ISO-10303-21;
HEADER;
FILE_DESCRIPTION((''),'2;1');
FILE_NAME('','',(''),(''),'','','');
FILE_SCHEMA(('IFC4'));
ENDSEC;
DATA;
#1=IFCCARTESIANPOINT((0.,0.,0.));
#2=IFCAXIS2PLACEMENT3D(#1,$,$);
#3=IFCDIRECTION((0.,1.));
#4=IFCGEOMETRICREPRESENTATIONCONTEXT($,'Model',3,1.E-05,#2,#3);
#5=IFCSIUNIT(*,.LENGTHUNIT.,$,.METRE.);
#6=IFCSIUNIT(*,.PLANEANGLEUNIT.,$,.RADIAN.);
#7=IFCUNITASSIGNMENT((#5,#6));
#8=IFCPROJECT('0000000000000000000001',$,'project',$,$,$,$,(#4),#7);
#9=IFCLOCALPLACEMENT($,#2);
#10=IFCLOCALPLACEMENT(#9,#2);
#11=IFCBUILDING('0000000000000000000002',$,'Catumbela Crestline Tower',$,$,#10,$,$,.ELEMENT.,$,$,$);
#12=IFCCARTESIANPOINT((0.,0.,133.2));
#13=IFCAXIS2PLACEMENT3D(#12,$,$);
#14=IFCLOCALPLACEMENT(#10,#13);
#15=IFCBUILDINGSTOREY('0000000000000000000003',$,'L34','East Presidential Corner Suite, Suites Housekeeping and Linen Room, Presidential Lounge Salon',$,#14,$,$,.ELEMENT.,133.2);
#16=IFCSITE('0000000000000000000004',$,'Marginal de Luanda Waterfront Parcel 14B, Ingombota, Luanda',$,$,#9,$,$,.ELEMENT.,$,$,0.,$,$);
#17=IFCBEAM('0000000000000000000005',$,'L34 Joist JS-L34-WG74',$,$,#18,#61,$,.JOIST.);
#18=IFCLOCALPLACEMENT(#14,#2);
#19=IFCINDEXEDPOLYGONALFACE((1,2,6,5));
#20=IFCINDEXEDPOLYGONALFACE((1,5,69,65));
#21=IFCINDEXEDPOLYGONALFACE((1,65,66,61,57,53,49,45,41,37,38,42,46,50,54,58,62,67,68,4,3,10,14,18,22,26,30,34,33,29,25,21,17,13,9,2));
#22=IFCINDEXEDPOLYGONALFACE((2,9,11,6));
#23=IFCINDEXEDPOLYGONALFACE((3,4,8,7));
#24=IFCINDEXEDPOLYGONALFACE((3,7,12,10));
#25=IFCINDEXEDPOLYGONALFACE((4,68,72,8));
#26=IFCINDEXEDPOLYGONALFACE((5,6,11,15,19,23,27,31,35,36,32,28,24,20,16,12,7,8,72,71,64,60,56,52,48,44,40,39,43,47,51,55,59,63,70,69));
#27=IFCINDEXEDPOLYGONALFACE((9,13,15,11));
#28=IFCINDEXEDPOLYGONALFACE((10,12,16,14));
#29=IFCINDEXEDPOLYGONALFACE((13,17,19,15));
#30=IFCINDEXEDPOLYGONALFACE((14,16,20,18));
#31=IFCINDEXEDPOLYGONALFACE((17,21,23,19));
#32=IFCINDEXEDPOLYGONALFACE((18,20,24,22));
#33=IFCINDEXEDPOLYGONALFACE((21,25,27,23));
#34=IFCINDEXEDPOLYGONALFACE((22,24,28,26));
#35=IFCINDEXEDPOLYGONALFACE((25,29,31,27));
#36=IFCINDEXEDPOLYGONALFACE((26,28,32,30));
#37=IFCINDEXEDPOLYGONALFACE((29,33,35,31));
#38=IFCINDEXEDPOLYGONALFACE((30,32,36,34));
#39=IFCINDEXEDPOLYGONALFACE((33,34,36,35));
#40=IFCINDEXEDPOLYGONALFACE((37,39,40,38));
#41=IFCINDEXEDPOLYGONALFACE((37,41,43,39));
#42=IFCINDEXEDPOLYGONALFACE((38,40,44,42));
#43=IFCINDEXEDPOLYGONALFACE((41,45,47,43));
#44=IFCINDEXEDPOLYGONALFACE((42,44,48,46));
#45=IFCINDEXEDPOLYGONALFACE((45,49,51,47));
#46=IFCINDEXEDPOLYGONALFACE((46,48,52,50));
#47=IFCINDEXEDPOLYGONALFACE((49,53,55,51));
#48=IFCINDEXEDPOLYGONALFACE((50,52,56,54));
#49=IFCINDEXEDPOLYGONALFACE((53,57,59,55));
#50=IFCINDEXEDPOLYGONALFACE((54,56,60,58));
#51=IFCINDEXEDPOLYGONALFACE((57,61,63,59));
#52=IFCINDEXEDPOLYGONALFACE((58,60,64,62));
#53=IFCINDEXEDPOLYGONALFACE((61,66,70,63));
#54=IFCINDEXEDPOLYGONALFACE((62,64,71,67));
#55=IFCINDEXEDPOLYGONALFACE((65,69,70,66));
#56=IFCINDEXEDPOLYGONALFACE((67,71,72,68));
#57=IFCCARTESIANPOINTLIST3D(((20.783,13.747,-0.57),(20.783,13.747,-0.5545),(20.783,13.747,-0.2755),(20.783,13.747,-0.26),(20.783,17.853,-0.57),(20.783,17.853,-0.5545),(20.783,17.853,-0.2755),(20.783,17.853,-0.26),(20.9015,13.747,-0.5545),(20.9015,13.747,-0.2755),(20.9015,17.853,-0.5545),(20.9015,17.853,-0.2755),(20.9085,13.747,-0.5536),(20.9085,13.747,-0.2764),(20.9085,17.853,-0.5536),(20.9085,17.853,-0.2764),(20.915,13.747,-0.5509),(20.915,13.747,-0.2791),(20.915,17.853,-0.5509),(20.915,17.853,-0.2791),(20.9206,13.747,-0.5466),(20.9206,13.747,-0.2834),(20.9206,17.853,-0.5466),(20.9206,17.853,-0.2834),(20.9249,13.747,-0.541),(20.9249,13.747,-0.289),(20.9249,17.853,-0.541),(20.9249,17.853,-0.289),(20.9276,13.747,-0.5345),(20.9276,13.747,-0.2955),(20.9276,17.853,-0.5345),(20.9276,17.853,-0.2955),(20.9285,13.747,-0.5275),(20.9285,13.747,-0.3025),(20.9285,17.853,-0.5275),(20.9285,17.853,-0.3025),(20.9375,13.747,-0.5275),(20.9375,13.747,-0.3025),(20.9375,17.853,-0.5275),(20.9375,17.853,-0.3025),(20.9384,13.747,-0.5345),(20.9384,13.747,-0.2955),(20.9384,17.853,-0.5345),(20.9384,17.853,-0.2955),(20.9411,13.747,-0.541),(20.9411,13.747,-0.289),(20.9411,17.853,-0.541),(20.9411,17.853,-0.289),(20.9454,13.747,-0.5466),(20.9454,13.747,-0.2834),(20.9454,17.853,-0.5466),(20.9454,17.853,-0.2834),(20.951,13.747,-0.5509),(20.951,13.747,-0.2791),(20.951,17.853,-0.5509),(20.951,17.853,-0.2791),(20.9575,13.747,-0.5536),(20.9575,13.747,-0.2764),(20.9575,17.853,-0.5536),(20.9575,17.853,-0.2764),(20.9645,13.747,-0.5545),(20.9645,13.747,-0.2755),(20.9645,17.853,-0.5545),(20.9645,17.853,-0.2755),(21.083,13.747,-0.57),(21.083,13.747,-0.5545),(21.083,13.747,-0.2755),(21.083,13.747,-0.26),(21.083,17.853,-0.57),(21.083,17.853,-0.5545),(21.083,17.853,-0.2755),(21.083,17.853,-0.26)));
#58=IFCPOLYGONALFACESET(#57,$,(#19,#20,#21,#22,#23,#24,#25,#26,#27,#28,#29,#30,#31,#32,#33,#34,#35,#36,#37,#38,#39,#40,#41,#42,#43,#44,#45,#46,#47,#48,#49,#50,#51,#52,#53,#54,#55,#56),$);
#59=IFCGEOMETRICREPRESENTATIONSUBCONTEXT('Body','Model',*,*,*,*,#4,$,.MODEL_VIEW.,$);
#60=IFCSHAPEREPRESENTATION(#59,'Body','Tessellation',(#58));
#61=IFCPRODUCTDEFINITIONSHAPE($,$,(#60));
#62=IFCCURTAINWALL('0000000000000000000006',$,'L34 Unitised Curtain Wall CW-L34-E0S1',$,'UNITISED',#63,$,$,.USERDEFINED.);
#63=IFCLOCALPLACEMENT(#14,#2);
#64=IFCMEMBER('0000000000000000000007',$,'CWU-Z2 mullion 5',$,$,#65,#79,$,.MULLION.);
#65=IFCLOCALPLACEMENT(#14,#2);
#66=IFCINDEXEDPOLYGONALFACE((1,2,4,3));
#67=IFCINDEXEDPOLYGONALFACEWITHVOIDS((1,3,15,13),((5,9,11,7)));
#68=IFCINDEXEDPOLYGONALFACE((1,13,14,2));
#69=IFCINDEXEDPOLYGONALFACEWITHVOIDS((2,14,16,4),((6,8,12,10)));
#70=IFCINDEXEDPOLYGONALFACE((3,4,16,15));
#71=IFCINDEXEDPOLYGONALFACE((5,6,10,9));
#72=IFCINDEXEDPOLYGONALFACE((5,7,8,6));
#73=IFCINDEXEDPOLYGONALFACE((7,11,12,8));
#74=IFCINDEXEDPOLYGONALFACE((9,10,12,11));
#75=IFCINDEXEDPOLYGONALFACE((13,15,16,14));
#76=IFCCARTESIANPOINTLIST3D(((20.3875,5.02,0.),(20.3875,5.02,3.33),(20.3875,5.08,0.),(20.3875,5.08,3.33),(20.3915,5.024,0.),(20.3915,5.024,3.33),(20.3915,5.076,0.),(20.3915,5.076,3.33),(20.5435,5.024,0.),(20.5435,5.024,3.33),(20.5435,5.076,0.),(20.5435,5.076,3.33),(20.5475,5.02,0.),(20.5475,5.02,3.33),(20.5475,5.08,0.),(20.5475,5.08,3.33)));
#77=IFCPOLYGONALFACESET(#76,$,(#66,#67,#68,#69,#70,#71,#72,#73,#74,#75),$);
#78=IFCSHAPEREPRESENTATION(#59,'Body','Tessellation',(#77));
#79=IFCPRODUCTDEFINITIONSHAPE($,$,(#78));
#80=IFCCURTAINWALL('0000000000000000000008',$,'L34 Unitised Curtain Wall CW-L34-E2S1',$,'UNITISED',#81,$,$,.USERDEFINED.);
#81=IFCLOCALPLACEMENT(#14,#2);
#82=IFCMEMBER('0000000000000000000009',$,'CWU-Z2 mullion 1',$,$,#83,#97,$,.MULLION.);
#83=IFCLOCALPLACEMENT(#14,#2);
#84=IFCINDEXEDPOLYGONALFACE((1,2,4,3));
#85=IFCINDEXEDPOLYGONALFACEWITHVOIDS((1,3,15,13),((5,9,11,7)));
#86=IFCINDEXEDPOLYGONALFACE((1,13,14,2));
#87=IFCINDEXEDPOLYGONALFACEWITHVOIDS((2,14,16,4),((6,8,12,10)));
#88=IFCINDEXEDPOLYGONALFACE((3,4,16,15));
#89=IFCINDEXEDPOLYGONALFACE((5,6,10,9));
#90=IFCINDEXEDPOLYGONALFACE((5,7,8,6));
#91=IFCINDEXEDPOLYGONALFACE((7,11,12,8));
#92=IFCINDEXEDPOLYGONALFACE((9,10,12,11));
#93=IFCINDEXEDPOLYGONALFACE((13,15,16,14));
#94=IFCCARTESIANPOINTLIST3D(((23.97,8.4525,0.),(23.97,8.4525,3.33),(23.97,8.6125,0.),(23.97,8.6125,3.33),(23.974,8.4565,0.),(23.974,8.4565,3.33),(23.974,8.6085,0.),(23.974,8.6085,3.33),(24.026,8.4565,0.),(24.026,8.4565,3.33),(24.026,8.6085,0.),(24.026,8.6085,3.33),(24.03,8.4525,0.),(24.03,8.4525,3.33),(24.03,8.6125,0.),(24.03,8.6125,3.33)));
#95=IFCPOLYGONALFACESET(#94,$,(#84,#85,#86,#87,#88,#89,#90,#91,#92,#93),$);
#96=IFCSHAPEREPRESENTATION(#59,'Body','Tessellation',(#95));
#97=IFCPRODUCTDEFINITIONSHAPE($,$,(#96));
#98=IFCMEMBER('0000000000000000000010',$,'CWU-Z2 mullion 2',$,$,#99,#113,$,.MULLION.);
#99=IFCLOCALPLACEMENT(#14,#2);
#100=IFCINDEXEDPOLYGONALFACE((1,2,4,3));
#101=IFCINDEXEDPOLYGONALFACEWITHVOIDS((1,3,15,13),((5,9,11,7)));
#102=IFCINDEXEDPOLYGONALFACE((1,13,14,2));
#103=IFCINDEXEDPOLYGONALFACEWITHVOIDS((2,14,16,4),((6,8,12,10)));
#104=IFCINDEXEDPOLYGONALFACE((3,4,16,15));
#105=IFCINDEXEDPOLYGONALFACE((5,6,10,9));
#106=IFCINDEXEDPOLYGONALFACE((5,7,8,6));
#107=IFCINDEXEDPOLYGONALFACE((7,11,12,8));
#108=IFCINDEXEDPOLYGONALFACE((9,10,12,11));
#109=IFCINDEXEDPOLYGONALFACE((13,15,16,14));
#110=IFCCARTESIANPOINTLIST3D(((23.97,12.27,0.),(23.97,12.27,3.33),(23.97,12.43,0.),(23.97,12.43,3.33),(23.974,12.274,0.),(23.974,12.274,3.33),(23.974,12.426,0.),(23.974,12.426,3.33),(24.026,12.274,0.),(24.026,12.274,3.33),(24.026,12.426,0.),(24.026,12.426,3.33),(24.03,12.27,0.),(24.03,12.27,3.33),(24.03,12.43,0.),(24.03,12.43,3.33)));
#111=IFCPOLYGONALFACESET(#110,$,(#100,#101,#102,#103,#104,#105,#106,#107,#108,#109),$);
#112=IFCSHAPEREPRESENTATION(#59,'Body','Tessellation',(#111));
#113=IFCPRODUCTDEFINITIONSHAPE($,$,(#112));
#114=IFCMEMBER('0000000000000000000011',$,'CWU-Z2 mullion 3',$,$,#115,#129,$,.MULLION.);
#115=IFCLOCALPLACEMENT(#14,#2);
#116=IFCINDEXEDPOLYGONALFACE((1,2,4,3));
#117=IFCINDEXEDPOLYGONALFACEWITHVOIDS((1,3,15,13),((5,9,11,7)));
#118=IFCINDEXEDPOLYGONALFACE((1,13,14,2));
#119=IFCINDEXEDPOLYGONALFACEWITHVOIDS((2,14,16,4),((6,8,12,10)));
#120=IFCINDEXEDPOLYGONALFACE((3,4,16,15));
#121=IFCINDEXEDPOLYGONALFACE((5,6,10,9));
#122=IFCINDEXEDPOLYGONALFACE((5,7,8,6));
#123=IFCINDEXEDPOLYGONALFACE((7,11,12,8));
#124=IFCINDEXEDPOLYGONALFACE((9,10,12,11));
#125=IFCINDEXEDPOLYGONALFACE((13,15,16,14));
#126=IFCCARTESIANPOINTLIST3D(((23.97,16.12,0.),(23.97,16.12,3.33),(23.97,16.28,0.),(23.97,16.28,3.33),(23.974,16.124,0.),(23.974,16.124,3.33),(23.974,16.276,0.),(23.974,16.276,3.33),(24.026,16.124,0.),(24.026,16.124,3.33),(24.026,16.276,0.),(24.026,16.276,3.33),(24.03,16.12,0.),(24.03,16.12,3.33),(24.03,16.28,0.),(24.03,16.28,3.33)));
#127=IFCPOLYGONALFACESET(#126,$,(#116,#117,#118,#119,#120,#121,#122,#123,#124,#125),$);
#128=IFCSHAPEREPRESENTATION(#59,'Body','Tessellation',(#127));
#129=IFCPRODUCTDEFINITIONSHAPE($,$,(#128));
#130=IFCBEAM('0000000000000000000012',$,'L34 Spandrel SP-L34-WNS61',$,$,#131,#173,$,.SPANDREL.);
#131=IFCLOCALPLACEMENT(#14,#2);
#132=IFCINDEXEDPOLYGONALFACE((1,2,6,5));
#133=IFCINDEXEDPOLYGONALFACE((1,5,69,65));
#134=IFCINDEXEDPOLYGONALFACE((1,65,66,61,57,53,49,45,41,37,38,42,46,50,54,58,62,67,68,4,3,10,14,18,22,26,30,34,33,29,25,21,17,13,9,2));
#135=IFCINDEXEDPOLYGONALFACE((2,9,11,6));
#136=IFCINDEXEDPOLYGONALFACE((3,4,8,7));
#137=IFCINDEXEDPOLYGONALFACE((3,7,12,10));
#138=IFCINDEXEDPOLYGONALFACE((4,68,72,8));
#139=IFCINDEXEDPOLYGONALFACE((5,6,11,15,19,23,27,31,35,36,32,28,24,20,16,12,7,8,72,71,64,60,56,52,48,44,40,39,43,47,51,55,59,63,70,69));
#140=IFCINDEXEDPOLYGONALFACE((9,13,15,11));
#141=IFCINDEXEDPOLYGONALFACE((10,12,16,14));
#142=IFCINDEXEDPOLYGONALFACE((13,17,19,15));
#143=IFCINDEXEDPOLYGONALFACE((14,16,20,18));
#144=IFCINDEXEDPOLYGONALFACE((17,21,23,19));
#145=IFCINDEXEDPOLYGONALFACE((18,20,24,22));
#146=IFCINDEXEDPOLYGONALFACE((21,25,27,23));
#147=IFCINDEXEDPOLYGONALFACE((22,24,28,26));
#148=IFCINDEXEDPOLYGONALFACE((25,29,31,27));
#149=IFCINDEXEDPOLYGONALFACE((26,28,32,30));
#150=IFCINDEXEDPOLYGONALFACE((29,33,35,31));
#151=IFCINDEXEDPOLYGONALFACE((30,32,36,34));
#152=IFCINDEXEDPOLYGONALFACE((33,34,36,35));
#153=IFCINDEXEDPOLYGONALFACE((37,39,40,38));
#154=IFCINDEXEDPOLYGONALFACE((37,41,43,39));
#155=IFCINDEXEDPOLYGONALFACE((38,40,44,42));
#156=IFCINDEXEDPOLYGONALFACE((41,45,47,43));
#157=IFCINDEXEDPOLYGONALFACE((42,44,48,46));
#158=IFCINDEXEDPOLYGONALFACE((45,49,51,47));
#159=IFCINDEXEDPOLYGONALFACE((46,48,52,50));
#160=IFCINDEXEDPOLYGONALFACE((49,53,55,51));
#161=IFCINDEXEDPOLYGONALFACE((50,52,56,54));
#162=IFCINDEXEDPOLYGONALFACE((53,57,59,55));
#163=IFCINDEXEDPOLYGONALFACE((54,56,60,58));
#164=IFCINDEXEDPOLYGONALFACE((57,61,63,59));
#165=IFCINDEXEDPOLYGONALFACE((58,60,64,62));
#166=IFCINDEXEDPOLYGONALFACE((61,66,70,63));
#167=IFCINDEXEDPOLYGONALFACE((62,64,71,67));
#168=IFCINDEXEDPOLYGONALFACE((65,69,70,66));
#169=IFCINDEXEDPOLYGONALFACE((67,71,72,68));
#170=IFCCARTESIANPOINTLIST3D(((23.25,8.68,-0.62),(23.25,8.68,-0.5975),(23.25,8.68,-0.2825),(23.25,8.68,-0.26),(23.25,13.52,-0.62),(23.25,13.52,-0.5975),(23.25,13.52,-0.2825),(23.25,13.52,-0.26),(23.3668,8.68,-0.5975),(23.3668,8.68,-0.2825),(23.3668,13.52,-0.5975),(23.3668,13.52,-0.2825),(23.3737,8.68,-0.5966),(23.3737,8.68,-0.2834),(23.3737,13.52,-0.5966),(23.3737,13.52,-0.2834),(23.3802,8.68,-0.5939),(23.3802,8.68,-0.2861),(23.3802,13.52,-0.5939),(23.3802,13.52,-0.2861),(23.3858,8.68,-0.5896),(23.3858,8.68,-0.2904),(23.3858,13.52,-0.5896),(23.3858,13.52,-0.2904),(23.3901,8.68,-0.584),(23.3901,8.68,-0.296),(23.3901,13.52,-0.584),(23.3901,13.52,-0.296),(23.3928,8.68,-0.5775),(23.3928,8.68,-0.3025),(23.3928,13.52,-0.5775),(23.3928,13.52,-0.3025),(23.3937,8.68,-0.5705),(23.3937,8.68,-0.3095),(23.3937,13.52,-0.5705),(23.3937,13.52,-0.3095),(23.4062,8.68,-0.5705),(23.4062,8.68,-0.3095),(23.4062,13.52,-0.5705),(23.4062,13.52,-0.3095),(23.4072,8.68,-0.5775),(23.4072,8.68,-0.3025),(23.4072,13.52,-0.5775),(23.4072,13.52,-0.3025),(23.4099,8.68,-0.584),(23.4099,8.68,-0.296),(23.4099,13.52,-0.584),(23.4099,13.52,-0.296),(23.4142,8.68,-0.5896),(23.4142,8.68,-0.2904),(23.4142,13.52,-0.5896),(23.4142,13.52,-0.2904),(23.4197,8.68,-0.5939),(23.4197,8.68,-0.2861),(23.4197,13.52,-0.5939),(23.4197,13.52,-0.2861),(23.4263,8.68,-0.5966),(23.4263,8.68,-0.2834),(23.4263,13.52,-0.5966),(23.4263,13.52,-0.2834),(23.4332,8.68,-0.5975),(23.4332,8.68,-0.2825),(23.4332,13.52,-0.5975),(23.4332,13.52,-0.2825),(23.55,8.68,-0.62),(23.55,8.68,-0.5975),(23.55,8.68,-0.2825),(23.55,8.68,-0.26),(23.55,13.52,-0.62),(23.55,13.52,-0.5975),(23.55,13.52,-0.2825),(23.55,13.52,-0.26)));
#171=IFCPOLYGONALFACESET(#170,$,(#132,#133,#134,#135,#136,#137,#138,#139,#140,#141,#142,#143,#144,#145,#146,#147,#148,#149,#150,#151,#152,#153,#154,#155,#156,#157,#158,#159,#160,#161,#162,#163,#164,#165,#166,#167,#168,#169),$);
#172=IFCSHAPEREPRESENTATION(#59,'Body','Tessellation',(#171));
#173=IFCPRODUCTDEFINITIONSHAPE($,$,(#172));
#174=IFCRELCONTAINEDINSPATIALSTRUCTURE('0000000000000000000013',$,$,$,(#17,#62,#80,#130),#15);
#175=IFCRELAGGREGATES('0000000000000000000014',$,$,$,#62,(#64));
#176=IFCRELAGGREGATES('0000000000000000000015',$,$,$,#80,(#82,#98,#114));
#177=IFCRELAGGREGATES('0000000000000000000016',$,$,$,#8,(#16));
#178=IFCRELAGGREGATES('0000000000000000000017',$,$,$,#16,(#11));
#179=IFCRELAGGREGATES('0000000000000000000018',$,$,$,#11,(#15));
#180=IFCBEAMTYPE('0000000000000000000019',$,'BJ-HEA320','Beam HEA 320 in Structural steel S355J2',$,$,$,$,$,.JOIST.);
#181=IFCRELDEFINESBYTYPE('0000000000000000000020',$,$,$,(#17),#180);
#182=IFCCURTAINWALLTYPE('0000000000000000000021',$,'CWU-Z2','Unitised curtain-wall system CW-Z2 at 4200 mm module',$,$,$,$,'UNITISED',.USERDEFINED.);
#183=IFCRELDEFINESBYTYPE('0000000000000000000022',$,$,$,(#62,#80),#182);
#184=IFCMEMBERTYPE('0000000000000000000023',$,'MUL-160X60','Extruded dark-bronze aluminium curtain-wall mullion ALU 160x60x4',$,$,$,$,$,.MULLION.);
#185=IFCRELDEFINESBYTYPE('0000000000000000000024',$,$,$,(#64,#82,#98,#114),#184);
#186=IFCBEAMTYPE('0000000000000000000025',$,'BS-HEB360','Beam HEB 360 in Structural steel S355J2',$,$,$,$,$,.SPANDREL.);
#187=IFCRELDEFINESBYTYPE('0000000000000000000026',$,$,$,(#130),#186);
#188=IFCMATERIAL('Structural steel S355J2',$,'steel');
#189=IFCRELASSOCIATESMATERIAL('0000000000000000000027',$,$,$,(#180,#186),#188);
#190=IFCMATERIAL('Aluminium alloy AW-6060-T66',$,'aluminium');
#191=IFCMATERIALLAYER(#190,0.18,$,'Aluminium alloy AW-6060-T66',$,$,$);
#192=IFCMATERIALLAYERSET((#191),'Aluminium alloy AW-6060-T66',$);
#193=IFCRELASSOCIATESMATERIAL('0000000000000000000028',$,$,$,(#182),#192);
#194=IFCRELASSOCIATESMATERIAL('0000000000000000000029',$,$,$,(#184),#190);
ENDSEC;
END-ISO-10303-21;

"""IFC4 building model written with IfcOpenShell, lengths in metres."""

from ifc_helpers import new_model, si_unit, direction, frame, origin, origin_2d, place, context, subcontext, project, spatial, hollow_rectangle, i_section, extrude, material, layer, layer_set, material_profile, profile_set, type_object, element, aggregate, save


model = new_model("IFC4")

# Units and contexts
model_context = context("Model", 3, precision=1e-05, world=origin(), true_north=direction((0.0, 1.0)))
body_context = subcontext(model_context, "Body", "Model", "MODEL_VIEW")
ifc_project = project(units=[si_unit("LENGTHUNIT", "METRE"), si_unit("PLANEANGLEUNIT", "RADIAN")], contexts=[model_context])

# Site, building, storey
site_placement = place(None, origin())
site = spatial("IfcSite", under=ifc_project, at=site_placement, Name="Marginal de Luanda Waterfront Parcel 14B, Ingombota, Luanda", CompositionType="ELEMENT", RefElevation=0.0)
building_placement = place(site_placement, origin())
building = spatial("IfcBuilding", under=site, at=building_placement, Name="Catumbela Crestline Tower", CompositionType="ELEMENT")
storey_placement = place(building_placement, frame((0.0, 0.0, 133.2)))
storey = spatial("IfcBuildingStorey", under=building, at=storey_placement, Name="L34", Description="East Presidential Corner Suite, Suites Housekeeping and Linen Room, Presidential Lounge Salon", CompositionType="ELEMENT", Elevation=133.2)

# Beam
ifc_material_1 = material(Name="Structural steel S355J2", Category="steel")
ifc_material_profile_1 = material_profile(ifc_material_1, i_section(OverallWidth=0.3, OverallDepth=0.31, WebThickness=0.009, FlangeThickness=0.0155, FilletRadius=0.027, at=origin_2d()), Name="HEA 320")
ifc_profile_set_1 = profile_set([ifc_material_profile_1], Name="Structural steel S355J2")
beam_type_1 = type_object("IfcBeamType", Name="BJ-HEA320", Description="Beam HEA 320 in Structural steel S355J2", PredefinedType="JOIST", material=ifc_profile_set_1)
beam_1_placement = place(storey_placement, frame((20.933, 13.747, -0.415), z_axis=(0.0, 1.0, 0.0), x_axis=(-1.0, 0.0, 0.0)))
element("IfcBeam", 1, at=beam_1_placement, inside=storey, type_object=beam_type_1, Name="L34 Joist JS-L34-WG74", PredefinedType="JOIST", context=body_context, shape_type="SweptSolid", body=[
    extrude(i_section(OverallWidth=0.3, OverallDepth=0.31, WebThickness=0.009, FlangeThickness=0.0155, FilletRadius=0.027, at=origin_2d()), origin(), (0.0, 0.0, 1.0), 4.106),
])

# Curtain wall, member
ifc_material_2 = material(Name="Aluminium alloy AW-6060-T66", Category="aluminium")
ifc_layer_1 = layer(ifc_material_2, 0.18, Name="Aluminium alloy AW-6060-T66")
ifc_layer_set_1 = layer_set([ifc_layer_1], Name="Aluminium alloy AW-6060-T66")
curtain_wall_type = type_object("IfcCurtainWallType", Name="CWU-Z2", Description="Unitised curtain-wall system CW-Z2 at 4200 mm module", ElementType="UNITISED", PredefinedType="USERDEFINED", material=ifc_layer_set_1)
curtain_wall_1_placement = place(storey_placement, origin())
curtain_wall_1 = element("IfcCurtainWall", 2, at=curtain_wall_1_placement, inside=storey, type_object=curtain_wall_type, Name="L34 Unitised Curtain Wall CW-L34-E0S1", ObjectType="UNITISED", PredefinedType="USERDEFINED")
ifc_material_profile_2 = material_profile(ifc_material_2, hollow_rectangle(XDim=0.06, YDim=0.16, WallThickness=0.004, at=origin_2d()), Name="ALU 160x60x4")
ifc_profile_set_2 = profile_set([ifc_material_profile_2], Name="Aluminium alloy AW-6060-T66")
member_type_1 = type_object("IfcMemberType", Name="MUL-160X60", Description="Extruded dark-bronze aluminium curtain-wall mullion ALU 160x60x4", PredefinedType="MULLION", material=ifc_profile_set_2)
member_1_placement = place(storey_placement, frame((20.4675, 5.05, 0.0), z_axis=(0.0, 0.0, 1.0), x_axis=(0.0, 1.0, 0.0)))
member_1 = element("IfcMember", 3, at=member_1_placement, type_object=member_type_1, Name="CWU-Z2 mullion 5", PredefinedType="MULLION", context=body_context, shape_type="SweptSolid", body=[
    extrude(hollow_rectangle(XDim=0.06, YDim=0.16, WallThickness=0.004, at=origin_2d()), origin(), (0.0, 0.0, 1.0), 3.33),
])
aggregate(curtain_wall_1, [member_1])

# Curtain wall, members
curtain_wall_2_placement = place(storey_placement, origin())
curtain_wall_2 = element("IfcCurtainWall", 4, at=curtain_wall_2_placement, inside=storey, type_object=curtain_wall_type, Name="L34 Unitised Curtain Wall CW-L34-E2S1", ObjectType="UNITISED", PredefinedType="USERDEFINED")
member_2_placement = place(storey_placement, frame((24.0, 8.5325, 0.0), z_axis=(0.0, 0.0, 1.0), x_axis=(-1.0, 0.0, 0.0)))
member_2 = element("IfcMember", 5, at=member_2_placement, type_object=member_type_1, Name="CWU-Z2 mullion 1", PredefinedType="MULLION", context=body_context, shape_type="SweptSolid", body=[
    extrude(hollow_rectangle(XDim=0.06, YDim=0.16, WallThickness=0.004, at=origin_2d()), origin(), (0.0, 0.0, 1.0), 3.33),
])
member_3_placement = place(storey_placement, frame((24.0, 12.35, 0.0), z_axis=(0.0, 0.0, 1.0), x_axis=(-1.0, 0.0, 0.0)))
member_3 = element("IfcMember", 6, at=member_3_placement, type_object=member_type_1, Name="CWU-Z2 mullion 2", PredefinedType="MULLION", context=body_context, shape_type="SweptSolid", body=[
    extrude(hollow_rectangle(XDim=0.06, YDim=0.16, WallThickness=0.004, at=origin_2d()), origin(), (0.0, 0.0, 1.0), 3.33),
])
member_4_placement = place(storey_placement, frame((24.0, 16.2, 0.0), z_axis=(0.0, 0.0, 1.0), x_axis=(-1.0, 0.0, 0.0)))
member_4 = element("IfcMember", 7, at=member_4_placement, type_object=member_type_1, Name="CWU-Z2 mullion 3", PredefinedType="MULLION", context=body_context, shape_type="SweptSolid", body=[
    extrude(hollow_rectangle(XDim=0.06, YDim=0.16, WallThickness=0.004, at=origin_2d()), origin(), (0.0, 0.0, 1.0), 3.33),
])

# Beam
ifc_material_profile_3 = material_profile(ifc_material_1, i_section(OverallWidth=0.3, OverallDepth=0.36, WebThickness=0.0125, FlangeThickness=0.0225, FilletRadius=0.027, at=origin_2d()), Name="HEB 360")
ifc_profile_set_3 = profile_set([ifc_material_profile_3], Name="Structural steel S355J2")
beam_type_2 = type_object("IfcBeamType", Name="BS-HEB360", Description="Beam HEB 360 in Structural steel S355J2", PredefinedType="SPANDREL", material=ifc_profile_set_3)
beam_2_placement = place(storey_placement, frame((23.4, 8.68, -0.44), z_axis=(0.0, 1.0, 0.0), x_axis=(-1.0, 0.0, 0.0)))
element("IfcBeam", 8, at=beam_2_placement, inside=storey, type_object=beam_type_2, Name="L34 Spandrel SP-L34-WNS61", PredefinedType="SPANDREL", context=body_context, shape_type="SweptSolid", body=[
    extrude(i_section(OverallWidth=0.3, OverallDepth=0.36, WebThickness=0.0125, FlangeThickness=0.0225, FilletRadius=0.027, at=origin_2d()), origin(), (0.0, 0.0, 1.0), 4.84),
])

aggregate(curtain_wall_2, [member_2, member_3, member_4])

save(model, "model.ifc")
